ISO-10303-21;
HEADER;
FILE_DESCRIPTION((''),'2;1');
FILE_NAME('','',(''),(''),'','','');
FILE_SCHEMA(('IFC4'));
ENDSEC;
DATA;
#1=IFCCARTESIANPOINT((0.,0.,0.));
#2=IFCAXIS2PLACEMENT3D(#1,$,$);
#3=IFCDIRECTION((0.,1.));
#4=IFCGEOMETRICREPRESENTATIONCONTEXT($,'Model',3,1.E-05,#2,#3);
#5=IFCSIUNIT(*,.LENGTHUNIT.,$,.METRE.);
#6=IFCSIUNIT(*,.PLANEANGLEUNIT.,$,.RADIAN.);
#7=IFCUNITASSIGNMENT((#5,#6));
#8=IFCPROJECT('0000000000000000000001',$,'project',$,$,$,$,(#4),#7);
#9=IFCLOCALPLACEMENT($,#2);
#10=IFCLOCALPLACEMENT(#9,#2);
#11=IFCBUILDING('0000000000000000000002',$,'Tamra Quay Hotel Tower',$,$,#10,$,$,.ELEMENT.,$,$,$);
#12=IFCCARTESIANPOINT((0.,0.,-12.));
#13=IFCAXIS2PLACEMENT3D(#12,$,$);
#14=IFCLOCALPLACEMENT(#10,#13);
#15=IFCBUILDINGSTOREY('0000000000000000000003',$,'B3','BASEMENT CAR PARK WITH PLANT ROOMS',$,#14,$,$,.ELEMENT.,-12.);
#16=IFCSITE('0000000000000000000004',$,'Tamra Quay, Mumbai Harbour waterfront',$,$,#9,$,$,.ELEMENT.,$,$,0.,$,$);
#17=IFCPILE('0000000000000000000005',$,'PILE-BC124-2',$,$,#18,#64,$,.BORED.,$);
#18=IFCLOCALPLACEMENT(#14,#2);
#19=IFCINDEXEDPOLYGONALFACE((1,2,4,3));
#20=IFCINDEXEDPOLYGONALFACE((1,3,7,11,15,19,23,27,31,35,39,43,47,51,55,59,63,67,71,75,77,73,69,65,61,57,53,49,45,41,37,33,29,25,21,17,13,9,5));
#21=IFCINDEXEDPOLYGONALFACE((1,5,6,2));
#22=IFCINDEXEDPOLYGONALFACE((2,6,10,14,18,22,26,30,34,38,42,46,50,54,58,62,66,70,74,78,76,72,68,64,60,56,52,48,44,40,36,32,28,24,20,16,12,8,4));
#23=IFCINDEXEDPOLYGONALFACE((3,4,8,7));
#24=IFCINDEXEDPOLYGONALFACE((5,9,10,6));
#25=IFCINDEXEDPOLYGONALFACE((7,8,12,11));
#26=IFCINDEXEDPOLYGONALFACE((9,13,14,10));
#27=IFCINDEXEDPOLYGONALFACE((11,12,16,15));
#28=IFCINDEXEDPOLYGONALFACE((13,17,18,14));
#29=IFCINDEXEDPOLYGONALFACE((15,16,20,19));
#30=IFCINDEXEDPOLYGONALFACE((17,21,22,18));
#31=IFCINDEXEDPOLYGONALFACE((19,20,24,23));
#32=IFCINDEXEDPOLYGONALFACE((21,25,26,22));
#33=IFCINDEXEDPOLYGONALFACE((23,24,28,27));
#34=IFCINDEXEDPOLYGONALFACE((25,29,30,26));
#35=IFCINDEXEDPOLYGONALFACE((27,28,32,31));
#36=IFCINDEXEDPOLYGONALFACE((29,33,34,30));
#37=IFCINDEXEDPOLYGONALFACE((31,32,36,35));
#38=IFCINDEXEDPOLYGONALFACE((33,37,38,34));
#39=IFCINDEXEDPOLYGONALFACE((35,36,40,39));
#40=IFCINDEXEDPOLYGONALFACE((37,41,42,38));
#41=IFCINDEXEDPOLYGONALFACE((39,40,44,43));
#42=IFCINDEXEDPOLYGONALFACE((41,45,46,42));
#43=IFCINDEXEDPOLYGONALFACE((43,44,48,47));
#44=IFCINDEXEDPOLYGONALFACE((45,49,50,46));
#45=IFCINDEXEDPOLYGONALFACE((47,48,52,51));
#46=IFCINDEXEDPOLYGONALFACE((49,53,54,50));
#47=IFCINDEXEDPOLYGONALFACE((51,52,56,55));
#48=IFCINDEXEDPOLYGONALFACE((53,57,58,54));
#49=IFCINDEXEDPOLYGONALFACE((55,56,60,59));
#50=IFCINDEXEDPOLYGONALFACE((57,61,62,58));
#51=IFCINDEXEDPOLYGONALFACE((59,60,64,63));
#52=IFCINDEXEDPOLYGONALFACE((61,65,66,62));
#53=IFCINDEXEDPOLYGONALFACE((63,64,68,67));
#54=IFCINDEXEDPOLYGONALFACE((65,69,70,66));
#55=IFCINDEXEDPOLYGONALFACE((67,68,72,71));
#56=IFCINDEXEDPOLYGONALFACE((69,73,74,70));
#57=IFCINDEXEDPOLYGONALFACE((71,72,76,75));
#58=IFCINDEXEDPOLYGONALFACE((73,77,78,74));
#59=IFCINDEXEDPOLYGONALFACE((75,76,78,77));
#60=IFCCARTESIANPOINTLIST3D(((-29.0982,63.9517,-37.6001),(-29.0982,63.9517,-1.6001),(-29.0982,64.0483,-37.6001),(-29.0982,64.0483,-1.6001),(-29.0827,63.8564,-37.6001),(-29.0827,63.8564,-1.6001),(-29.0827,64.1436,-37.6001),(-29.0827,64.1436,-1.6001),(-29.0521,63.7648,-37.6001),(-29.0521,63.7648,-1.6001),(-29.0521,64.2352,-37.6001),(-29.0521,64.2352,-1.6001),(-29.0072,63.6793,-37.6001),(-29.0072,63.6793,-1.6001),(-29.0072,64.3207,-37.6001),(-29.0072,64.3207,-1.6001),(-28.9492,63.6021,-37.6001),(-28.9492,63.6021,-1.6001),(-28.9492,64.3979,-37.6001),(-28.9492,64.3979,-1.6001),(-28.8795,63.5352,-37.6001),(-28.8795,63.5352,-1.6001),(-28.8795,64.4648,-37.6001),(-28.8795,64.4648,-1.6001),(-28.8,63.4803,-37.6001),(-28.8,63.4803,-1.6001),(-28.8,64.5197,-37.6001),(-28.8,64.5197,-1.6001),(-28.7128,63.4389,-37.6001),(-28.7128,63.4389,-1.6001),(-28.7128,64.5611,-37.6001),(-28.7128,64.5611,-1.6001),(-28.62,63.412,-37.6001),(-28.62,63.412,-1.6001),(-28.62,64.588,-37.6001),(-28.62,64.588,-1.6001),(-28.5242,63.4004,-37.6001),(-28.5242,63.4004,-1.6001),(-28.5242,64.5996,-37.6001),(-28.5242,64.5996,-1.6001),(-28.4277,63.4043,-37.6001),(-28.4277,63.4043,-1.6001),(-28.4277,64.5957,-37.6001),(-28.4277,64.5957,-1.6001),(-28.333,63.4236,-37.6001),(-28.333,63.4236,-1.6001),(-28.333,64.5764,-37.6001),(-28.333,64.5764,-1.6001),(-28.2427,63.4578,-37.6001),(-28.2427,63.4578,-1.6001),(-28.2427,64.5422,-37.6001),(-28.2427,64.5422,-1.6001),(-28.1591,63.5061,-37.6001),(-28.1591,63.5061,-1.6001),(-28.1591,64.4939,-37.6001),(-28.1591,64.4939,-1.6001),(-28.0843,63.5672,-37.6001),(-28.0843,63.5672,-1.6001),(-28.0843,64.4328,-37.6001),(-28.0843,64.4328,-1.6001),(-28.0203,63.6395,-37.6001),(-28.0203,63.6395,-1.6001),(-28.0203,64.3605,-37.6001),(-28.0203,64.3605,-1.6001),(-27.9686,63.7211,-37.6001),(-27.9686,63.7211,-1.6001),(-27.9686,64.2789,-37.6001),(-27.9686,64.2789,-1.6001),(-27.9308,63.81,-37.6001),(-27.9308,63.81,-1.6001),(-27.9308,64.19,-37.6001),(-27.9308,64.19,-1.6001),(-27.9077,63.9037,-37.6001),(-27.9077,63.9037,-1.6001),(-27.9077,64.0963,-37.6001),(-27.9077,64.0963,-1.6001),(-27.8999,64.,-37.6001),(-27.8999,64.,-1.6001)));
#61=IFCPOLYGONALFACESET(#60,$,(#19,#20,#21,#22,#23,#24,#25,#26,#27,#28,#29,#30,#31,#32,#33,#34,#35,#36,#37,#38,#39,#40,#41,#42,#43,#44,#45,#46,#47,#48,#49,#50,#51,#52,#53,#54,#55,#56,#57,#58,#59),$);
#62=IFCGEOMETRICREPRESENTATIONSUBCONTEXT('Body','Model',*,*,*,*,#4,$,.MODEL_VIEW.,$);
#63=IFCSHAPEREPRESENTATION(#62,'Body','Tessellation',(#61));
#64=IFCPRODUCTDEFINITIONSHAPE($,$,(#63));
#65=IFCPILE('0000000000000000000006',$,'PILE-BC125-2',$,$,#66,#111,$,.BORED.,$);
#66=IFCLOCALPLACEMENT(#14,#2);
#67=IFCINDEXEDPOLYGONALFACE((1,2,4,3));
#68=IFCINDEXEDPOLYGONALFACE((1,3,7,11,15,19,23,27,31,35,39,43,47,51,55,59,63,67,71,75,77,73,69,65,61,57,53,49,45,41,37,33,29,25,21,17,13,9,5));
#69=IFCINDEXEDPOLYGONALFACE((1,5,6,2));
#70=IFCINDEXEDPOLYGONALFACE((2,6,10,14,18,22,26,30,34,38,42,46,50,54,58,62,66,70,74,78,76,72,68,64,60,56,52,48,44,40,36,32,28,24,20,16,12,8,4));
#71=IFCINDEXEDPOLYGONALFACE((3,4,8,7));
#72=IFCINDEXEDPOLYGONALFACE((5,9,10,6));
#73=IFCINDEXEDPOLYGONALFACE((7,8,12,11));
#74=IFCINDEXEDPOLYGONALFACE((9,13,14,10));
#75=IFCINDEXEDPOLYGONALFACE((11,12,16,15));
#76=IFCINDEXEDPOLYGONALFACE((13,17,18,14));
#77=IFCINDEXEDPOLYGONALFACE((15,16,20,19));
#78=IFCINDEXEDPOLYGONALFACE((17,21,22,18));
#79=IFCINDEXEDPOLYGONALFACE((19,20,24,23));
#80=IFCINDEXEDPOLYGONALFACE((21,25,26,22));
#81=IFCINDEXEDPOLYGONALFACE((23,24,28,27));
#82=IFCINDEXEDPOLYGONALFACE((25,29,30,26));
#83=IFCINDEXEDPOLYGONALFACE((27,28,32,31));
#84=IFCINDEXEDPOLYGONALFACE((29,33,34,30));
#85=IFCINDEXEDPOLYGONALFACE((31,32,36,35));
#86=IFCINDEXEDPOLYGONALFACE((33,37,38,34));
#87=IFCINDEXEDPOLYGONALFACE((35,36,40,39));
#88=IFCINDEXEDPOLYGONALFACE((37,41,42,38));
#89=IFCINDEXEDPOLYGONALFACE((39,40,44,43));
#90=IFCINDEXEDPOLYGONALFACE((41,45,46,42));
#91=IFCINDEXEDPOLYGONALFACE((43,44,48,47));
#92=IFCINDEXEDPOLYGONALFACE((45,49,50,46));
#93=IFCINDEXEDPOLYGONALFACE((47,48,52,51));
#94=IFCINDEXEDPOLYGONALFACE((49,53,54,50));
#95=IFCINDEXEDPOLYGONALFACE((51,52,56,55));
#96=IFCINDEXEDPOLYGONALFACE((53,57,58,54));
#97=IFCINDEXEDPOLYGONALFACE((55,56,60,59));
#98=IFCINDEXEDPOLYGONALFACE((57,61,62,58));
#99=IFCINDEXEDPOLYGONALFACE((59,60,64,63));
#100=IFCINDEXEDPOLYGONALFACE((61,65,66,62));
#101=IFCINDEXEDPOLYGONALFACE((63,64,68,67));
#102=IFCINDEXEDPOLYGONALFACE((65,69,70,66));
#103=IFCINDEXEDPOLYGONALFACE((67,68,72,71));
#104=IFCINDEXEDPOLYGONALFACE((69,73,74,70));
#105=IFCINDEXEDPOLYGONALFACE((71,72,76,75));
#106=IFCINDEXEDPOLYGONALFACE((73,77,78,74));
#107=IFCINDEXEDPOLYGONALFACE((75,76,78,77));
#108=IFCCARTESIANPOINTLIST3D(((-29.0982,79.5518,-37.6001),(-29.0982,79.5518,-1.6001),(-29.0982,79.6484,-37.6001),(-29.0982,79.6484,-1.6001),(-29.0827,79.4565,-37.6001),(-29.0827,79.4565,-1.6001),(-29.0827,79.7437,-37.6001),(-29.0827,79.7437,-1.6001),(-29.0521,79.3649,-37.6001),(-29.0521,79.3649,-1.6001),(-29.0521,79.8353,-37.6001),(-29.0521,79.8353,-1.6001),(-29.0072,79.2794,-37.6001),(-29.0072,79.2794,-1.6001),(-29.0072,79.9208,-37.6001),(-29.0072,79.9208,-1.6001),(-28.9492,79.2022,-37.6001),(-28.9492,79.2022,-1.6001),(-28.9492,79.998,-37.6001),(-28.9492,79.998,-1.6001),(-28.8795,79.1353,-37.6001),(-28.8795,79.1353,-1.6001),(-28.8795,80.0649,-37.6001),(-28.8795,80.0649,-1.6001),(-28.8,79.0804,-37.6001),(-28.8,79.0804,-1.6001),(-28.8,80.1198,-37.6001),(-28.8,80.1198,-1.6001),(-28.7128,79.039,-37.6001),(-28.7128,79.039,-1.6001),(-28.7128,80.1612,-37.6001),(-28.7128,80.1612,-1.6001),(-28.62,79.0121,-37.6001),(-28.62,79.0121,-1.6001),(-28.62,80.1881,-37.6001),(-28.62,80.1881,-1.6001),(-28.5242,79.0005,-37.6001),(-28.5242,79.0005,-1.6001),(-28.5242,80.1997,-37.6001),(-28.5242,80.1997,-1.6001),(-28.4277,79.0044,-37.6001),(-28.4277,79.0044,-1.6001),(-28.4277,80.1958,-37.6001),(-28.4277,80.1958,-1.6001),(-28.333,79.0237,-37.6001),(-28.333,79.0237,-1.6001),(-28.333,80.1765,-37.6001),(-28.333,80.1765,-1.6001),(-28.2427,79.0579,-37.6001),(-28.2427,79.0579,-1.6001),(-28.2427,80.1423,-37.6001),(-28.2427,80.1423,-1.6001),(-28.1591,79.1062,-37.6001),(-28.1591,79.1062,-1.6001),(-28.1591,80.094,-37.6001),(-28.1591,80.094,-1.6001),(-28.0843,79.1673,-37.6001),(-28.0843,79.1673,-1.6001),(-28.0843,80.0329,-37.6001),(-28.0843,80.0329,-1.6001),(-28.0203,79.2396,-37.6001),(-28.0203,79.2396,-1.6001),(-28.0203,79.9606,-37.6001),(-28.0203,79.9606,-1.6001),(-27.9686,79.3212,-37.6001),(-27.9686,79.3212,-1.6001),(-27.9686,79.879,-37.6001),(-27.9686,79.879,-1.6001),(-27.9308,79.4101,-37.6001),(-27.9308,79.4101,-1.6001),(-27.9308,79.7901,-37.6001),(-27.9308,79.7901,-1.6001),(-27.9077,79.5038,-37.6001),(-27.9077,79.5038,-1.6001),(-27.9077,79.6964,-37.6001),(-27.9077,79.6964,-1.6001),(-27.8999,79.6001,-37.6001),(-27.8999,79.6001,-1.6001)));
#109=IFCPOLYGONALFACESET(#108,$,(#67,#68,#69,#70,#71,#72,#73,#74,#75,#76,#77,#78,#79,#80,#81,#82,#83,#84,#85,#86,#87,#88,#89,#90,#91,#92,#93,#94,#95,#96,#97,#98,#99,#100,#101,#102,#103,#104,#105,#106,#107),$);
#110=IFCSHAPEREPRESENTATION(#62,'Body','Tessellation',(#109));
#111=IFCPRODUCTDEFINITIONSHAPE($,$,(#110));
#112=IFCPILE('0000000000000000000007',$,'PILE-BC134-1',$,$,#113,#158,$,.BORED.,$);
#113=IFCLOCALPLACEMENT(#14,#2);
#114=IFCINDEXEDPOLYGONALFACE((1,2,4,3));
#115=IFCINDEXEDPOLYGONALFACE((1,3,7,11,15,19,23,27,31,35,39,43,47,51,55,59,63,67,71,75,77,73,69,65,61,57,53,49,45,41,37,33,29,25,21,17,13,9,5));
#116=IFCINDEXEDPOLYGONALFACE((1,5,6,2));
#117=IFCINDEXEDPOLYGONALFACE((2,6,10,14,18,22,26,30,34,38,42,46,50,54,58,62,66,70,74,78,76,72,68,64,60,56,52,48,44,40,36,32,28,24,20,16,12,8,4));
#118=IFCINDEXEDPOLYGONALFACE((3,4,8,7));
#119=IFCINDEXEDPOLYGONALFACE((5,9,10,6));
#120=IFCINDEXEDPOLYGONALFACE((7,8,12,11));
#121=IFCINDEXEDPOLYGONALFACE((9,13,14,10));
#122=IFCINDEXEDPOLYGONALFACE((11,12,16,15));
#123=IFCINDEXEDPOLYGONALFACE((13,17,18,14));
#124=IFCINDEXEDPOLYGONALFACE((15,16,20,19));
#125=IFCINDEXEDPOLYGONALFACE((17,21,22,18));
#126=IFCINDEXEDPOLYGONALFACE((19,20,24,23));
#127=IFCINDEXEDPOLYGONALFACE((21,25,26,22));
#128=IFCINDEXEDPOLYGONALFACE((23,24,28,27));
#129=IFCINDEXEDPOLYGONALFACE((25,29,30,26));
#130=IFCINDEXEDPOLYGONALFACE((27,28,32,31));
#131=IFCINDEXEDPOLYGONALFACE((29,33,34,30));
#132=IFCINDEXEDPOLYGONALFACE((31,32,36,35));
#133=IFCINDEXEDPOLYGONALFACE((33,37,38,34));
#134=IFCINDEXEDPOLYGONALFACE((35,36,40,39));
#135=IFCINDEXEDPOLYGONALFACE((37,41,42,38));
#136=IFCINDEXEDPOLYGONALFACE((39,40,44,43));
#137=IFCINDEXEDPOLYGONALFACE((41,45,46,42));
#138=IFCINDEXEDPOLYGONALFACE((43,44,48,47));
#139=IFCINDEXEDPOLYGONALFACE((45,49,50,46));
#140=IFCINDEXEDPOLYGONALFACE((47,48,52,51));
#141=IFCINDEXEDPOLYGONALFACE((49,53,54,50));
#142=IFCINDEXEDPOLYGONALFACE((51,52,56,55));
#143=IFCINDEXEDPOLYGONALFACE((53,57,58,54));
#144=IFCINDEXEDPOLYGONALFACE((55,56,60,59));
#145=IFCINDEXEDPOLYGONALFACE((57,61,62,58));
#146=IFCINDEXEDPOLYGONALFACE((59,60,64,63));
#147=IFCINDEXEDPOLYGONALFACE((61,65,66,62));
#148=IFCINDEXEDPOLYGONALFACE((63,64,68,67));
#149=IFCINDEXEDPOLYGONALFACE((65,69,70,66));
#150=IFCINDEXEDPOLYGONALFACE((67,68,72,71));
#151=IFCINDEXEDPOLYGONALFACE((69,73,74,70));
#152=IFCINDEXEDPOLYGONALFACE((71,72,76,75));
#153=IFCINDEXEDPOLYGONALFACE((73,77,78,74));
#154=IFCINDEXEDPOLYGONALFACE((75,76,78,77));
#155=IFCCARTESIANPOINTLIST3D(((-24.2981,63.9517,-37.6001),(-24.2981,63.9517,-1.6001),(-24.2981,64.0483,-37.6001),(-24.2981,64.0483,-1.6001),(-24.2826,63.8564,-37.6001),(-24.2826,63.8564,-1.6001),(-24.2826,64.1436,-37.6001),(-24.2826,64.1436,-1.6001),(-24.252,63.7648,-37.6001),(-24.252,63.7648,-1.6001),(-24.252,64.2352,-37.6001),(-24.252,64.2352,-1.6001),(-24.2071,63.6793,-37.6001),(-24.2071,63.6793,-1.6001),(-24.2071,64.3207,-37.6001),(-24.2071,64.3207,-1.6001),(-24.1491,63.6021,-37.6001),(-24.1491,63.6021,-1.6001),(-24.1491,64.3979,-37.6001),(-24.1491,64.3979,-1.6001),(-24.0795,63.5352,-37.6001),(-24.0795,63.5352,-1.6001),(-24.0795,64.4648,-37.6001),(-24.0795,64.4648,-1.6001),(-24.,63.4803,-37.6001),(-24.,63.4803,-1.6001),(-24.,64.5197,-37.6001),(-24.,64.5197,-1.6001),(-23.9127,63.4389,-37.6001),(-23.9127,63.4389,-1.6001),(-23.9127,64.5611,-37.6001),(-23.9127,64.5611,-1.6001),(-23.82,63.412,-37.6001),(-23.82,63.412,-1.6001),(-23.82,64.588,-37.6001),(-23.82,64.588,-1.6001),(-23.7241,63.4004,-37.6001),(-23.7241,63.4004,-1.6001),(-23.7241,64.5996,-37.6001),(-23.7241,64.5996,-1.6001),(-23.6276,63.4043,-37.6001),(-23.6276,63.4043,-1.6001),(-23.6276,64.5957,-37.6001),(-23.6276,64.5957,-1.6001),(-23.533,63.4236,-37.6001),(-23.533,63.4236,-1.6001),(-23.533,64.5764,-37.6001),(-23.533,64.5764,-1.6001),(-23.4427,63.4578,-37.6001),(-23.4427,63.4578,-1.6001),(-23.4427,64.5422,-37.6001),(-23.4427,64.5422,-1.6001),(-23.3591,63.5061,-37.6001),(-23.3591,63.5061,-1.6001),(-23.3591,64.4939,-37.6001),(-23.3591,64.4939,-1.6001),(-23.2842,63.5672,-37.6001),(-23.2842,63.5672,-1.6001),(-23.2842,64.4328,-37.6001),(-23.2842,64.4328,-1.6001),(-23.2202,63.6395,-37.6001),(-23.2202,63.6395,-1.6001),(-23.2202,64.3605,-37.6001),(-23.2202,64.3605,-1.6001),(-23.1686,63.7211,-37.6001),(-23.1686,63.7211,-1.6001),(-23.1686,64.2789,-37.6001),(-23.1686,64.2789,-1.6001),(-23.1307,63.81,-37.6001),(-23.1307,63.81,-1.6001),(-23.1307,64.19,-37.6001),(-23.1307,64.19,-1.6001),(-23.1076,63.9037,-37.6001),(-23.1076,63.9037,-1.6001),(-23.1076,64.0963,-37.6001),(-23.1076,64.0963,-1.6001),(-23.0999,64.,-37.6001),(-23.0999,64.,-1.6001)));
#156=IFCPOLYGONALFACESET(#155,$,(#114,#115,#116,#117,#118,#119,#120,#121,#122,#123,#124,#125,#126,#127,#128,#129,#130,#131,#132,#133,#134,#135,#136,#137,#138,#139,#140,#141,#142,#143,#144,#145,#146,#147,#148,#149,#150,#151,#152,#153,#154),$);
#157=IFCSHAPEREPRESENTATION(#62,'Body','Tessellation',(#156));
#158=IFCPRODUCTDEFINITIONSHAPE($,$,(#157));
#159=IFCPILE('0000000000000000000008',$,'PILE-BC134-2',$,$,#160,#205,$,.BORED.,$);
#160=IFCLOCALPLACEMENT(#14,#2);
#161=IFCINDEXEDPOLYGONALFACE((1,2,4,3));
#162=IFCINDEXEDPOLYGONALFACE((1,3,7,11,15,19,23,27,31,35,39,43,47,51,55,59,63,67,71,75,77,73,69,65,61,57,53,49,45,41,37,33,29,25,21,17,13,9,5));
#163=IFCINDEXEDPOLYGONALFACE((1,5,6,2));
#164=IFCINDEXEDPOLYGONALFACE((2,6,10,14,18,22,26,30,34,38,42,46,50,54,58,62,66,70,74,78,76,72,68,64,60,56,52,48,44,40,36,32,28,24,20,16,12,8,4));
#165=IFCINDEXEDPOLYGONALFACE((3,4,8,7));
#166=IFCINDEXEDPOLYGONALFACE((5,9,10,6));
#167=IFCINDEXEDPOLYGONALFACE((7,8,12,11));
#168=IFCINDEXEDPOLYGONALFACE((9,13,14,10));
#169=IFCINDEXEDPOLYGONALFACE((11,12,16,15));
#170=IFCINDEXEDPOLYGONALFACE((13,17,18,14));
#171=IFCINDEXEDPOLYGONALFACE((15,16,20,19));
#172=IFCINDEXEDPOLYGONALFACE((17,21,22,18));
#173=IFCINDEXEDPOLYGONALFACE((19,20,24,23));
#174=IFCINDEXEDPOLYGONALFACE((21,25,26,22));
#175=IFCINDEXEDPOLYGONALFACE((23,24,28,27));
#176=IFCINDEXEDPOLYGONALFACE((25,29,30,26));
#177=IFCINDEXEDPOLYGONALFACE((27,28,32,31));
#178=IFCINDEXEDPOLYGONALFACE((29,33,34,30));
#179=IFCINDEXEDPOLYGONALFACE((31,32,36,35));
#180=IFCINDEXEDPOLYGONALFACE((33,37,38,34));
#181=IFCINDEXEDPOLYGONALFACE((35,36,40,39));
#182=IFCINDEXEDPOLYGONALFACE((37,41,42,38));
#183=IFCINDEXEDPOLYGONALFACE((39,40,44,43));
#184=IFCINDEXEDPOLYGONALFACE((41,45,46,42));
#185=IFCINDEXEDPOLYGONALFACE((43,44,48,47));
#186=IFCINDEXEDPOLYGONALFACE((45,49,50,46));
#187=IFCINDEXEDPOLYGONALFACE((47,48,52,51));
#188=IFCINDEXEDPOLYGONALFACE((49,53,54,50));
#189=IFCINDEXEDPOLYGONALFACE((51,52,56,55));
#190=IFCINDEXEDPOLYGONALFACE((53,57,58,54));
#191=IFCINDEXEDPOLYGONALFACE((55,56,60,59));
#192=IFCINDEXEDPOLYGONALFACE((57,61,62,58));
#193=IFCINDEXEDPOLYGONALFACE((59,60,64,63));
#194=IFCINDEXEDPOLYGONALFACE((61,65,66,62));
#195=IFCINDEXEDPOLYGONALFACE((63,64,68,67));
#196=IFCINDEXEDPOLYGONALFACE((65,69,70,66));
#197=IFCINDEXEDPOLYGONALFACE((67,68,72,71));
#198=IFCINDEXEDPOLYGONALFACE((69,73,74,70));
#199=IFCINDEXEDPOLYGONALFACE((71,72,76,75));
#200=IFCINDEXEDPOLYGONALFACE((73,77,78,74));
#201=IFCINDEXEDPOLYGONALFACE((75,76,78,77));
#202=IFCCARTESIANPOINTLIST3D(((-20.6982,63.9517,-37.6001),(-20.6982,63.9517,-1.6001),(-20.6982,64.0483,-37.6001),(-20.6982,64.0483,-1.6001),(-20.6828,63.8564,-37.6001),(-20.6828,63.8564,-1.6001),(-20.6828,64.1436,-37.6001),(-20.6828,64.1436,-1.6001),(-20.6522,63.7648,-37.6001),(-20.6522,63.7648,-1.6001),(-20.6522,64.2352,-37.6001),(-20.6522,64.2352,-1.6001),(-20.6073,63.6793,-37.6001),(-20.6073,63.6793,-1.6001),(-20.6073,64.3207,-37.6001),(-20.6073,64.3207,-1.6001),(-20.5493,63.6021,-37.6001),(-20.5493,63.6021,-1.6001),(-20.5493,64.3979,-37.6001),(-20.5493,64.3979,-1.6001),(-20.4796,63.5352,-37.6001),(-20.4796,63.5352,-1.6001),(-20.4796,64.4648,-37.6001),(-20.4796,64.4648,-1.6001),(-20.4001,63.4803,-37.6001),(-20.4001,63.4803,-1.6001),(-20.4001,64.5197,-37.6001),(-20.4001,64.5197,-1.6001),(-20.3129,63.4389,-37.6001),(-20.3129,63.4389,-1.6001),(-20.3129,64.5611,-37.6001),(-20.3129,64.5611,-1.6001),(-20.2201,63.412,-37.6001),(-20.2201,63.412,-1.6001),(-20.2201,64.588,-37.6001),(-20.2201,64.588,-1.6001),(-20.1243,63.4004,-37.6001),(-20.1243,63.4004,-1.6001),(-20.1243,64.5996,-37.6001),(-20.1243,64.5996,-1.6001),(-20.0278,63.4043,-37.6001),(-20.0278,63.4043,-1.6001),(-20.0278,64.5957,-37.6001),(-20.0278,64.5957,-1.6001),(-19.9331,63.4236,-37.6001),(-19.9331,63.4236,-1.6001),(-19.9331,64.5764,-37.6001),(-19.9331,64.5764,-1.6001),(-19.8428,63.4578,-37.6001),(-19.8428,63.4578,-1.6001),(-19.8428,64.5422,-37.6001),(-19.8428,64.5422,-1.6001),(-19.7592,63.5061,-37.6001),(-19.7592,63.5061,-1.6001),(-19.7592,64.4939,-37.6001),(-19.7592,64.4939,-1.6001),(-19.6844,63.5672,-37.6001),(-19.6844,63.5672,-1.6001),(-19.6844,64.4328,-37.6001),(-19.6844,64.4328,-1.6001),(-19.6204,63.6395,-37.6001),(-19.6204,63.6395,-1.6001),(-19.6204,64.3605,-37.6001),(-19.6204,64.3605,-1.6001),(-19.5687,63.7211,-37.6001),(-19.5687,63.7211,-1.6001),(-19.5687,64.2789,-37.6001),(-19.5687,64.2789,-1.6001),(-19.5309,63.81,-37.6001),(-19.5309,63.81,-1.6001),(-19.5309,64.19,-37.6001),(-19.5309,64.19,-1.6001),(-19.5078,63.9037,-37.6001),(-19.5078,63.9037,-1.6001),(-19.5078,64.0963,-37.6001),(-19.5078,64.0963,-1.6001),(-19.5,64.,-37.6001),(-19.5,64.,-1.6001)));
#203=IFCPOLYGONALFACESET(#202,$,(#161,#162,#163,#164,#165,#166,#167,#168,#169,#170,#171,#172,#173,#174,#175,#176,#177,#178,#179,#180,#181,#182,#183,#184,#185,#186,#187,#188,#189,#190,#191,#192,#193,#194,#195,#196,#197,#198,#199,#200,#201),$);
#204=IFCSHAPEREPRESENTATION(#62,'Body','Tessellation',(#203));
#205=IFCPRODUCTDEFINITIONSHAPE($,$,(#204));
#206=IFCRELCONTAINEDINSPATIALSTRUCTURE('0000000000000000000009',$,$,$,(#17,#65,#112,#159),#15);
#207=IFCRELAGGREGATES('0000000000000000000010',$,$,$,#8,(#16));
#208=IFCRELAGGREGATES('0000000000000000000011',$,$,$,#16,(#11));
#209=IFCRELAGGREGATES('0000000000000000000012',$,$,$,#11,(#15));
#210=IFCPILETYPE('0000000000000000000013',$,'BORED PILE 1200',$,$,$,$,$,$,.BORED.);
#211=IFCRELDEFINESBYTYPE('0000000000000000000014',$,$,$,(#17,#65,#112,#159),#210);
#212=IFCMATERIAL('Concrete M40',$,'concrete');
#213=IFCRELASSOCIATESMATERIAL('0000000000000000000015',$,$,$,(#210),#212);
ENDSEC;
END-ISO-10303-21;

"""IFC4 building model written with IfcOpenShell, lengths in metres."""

from ifc_helpers import new_model, si_unit, direction, frame, origin, origin_2d, place, context, subcontext, project, spatial, circle, extrude, material, material_profile, profile_set, type_object, element, save


model = new_model("IFC4")

# Units and contexts
model_context = context("Model", 3, precision=1e-05, world=origin(), true_north=direction((0.0, 1.0)))
body_context = subcontext(model_context, "Body", "Model", "MODEL_VIEW")
ifc_project = project(units=[si_unit("LENGTHUNIT", "METRE"), si_unit("PLANEANGLEUNIT", "RADIAN")], contexts=[model_context])

# Site, building, storey
site_placement = place(None, origin())
site = spatial("IfcSite", under=ifc_project, at=site_placement, Name="Tamra Quay, Mumbai Harbour waterfront", CompositionType="ELEMENT", RefElevation=0.0)
building_placement = place(site_placement, origin())
building = spatial("IfcBuilding", under=site, at=building_placement, Name="Tamra Quay Hotel Tower", CompositionType="ELEMENT")
storey_placement = place(building_placement, frame((0.0, 0.0, -12.0)))
storey = spatial("IfcBuildingStorey", under=building, at=storey_placement, Name="B3", Description="BASEMENT CAR PARK WITH PLANT ROOMS", CompositionType="ELEMENT", Elevation=-12.0)

# Piles
ifc_material_1 = material(Name="Concrete M40", Category="concrete")
ifc_material_profile_1 = material_profile(ifc_material_1, circle(Radius=0.6001, at=origin_2d()), Name="BORED PILE 1200")
ifc_profile_set_1 = profile_set([ifc_material_profile_1], Name="Concrete M40")
pile_type = type_object("IfcPileType", Name="BORED PILE 1200", PredefinedType="BORED", material=ifc_profile_set_1)
for number, where, z_axis, x_axis, name in (
    (1, (-28.5, 64.0, -1.6001), (0.0, 0.0, -1.0), (1.0, 0.0, 0.0), "PILE-BC124-2"),
    (2, (-28.5, 79.6001, -1.6001), (0.0, 0.0, -1.0), (1.0, 0.0, 0.0), "PILE-BC125-2"),
    (3, (-23.7, 64.0, -1.6001), (0.0, 0.0, -1.0), (1.0, 0.0, 0.0), "PILE-BC134-1"),
    (4, (-20.1001, 64.0, -1.6001), (0.0, 0.0, -1.0), (1.0, 0.0, 0.0), "PILE-BC134-2"),
):
    element("IfcPile", number, at=place(storey_placement, frame(where, z_axis=z_axis, x_axis=x_axis)), inside=storey, type_object=pile_type, Name=name, PredefinedType="BORED", context=body_context, shape_type="SweptSolid", body=[
        extrude(circle(Radius=0.6001, at=origin_2d()), origin(), (0.0, 0.0, 1.0), 36.0),
    ])

save(model, "model.ifc")
